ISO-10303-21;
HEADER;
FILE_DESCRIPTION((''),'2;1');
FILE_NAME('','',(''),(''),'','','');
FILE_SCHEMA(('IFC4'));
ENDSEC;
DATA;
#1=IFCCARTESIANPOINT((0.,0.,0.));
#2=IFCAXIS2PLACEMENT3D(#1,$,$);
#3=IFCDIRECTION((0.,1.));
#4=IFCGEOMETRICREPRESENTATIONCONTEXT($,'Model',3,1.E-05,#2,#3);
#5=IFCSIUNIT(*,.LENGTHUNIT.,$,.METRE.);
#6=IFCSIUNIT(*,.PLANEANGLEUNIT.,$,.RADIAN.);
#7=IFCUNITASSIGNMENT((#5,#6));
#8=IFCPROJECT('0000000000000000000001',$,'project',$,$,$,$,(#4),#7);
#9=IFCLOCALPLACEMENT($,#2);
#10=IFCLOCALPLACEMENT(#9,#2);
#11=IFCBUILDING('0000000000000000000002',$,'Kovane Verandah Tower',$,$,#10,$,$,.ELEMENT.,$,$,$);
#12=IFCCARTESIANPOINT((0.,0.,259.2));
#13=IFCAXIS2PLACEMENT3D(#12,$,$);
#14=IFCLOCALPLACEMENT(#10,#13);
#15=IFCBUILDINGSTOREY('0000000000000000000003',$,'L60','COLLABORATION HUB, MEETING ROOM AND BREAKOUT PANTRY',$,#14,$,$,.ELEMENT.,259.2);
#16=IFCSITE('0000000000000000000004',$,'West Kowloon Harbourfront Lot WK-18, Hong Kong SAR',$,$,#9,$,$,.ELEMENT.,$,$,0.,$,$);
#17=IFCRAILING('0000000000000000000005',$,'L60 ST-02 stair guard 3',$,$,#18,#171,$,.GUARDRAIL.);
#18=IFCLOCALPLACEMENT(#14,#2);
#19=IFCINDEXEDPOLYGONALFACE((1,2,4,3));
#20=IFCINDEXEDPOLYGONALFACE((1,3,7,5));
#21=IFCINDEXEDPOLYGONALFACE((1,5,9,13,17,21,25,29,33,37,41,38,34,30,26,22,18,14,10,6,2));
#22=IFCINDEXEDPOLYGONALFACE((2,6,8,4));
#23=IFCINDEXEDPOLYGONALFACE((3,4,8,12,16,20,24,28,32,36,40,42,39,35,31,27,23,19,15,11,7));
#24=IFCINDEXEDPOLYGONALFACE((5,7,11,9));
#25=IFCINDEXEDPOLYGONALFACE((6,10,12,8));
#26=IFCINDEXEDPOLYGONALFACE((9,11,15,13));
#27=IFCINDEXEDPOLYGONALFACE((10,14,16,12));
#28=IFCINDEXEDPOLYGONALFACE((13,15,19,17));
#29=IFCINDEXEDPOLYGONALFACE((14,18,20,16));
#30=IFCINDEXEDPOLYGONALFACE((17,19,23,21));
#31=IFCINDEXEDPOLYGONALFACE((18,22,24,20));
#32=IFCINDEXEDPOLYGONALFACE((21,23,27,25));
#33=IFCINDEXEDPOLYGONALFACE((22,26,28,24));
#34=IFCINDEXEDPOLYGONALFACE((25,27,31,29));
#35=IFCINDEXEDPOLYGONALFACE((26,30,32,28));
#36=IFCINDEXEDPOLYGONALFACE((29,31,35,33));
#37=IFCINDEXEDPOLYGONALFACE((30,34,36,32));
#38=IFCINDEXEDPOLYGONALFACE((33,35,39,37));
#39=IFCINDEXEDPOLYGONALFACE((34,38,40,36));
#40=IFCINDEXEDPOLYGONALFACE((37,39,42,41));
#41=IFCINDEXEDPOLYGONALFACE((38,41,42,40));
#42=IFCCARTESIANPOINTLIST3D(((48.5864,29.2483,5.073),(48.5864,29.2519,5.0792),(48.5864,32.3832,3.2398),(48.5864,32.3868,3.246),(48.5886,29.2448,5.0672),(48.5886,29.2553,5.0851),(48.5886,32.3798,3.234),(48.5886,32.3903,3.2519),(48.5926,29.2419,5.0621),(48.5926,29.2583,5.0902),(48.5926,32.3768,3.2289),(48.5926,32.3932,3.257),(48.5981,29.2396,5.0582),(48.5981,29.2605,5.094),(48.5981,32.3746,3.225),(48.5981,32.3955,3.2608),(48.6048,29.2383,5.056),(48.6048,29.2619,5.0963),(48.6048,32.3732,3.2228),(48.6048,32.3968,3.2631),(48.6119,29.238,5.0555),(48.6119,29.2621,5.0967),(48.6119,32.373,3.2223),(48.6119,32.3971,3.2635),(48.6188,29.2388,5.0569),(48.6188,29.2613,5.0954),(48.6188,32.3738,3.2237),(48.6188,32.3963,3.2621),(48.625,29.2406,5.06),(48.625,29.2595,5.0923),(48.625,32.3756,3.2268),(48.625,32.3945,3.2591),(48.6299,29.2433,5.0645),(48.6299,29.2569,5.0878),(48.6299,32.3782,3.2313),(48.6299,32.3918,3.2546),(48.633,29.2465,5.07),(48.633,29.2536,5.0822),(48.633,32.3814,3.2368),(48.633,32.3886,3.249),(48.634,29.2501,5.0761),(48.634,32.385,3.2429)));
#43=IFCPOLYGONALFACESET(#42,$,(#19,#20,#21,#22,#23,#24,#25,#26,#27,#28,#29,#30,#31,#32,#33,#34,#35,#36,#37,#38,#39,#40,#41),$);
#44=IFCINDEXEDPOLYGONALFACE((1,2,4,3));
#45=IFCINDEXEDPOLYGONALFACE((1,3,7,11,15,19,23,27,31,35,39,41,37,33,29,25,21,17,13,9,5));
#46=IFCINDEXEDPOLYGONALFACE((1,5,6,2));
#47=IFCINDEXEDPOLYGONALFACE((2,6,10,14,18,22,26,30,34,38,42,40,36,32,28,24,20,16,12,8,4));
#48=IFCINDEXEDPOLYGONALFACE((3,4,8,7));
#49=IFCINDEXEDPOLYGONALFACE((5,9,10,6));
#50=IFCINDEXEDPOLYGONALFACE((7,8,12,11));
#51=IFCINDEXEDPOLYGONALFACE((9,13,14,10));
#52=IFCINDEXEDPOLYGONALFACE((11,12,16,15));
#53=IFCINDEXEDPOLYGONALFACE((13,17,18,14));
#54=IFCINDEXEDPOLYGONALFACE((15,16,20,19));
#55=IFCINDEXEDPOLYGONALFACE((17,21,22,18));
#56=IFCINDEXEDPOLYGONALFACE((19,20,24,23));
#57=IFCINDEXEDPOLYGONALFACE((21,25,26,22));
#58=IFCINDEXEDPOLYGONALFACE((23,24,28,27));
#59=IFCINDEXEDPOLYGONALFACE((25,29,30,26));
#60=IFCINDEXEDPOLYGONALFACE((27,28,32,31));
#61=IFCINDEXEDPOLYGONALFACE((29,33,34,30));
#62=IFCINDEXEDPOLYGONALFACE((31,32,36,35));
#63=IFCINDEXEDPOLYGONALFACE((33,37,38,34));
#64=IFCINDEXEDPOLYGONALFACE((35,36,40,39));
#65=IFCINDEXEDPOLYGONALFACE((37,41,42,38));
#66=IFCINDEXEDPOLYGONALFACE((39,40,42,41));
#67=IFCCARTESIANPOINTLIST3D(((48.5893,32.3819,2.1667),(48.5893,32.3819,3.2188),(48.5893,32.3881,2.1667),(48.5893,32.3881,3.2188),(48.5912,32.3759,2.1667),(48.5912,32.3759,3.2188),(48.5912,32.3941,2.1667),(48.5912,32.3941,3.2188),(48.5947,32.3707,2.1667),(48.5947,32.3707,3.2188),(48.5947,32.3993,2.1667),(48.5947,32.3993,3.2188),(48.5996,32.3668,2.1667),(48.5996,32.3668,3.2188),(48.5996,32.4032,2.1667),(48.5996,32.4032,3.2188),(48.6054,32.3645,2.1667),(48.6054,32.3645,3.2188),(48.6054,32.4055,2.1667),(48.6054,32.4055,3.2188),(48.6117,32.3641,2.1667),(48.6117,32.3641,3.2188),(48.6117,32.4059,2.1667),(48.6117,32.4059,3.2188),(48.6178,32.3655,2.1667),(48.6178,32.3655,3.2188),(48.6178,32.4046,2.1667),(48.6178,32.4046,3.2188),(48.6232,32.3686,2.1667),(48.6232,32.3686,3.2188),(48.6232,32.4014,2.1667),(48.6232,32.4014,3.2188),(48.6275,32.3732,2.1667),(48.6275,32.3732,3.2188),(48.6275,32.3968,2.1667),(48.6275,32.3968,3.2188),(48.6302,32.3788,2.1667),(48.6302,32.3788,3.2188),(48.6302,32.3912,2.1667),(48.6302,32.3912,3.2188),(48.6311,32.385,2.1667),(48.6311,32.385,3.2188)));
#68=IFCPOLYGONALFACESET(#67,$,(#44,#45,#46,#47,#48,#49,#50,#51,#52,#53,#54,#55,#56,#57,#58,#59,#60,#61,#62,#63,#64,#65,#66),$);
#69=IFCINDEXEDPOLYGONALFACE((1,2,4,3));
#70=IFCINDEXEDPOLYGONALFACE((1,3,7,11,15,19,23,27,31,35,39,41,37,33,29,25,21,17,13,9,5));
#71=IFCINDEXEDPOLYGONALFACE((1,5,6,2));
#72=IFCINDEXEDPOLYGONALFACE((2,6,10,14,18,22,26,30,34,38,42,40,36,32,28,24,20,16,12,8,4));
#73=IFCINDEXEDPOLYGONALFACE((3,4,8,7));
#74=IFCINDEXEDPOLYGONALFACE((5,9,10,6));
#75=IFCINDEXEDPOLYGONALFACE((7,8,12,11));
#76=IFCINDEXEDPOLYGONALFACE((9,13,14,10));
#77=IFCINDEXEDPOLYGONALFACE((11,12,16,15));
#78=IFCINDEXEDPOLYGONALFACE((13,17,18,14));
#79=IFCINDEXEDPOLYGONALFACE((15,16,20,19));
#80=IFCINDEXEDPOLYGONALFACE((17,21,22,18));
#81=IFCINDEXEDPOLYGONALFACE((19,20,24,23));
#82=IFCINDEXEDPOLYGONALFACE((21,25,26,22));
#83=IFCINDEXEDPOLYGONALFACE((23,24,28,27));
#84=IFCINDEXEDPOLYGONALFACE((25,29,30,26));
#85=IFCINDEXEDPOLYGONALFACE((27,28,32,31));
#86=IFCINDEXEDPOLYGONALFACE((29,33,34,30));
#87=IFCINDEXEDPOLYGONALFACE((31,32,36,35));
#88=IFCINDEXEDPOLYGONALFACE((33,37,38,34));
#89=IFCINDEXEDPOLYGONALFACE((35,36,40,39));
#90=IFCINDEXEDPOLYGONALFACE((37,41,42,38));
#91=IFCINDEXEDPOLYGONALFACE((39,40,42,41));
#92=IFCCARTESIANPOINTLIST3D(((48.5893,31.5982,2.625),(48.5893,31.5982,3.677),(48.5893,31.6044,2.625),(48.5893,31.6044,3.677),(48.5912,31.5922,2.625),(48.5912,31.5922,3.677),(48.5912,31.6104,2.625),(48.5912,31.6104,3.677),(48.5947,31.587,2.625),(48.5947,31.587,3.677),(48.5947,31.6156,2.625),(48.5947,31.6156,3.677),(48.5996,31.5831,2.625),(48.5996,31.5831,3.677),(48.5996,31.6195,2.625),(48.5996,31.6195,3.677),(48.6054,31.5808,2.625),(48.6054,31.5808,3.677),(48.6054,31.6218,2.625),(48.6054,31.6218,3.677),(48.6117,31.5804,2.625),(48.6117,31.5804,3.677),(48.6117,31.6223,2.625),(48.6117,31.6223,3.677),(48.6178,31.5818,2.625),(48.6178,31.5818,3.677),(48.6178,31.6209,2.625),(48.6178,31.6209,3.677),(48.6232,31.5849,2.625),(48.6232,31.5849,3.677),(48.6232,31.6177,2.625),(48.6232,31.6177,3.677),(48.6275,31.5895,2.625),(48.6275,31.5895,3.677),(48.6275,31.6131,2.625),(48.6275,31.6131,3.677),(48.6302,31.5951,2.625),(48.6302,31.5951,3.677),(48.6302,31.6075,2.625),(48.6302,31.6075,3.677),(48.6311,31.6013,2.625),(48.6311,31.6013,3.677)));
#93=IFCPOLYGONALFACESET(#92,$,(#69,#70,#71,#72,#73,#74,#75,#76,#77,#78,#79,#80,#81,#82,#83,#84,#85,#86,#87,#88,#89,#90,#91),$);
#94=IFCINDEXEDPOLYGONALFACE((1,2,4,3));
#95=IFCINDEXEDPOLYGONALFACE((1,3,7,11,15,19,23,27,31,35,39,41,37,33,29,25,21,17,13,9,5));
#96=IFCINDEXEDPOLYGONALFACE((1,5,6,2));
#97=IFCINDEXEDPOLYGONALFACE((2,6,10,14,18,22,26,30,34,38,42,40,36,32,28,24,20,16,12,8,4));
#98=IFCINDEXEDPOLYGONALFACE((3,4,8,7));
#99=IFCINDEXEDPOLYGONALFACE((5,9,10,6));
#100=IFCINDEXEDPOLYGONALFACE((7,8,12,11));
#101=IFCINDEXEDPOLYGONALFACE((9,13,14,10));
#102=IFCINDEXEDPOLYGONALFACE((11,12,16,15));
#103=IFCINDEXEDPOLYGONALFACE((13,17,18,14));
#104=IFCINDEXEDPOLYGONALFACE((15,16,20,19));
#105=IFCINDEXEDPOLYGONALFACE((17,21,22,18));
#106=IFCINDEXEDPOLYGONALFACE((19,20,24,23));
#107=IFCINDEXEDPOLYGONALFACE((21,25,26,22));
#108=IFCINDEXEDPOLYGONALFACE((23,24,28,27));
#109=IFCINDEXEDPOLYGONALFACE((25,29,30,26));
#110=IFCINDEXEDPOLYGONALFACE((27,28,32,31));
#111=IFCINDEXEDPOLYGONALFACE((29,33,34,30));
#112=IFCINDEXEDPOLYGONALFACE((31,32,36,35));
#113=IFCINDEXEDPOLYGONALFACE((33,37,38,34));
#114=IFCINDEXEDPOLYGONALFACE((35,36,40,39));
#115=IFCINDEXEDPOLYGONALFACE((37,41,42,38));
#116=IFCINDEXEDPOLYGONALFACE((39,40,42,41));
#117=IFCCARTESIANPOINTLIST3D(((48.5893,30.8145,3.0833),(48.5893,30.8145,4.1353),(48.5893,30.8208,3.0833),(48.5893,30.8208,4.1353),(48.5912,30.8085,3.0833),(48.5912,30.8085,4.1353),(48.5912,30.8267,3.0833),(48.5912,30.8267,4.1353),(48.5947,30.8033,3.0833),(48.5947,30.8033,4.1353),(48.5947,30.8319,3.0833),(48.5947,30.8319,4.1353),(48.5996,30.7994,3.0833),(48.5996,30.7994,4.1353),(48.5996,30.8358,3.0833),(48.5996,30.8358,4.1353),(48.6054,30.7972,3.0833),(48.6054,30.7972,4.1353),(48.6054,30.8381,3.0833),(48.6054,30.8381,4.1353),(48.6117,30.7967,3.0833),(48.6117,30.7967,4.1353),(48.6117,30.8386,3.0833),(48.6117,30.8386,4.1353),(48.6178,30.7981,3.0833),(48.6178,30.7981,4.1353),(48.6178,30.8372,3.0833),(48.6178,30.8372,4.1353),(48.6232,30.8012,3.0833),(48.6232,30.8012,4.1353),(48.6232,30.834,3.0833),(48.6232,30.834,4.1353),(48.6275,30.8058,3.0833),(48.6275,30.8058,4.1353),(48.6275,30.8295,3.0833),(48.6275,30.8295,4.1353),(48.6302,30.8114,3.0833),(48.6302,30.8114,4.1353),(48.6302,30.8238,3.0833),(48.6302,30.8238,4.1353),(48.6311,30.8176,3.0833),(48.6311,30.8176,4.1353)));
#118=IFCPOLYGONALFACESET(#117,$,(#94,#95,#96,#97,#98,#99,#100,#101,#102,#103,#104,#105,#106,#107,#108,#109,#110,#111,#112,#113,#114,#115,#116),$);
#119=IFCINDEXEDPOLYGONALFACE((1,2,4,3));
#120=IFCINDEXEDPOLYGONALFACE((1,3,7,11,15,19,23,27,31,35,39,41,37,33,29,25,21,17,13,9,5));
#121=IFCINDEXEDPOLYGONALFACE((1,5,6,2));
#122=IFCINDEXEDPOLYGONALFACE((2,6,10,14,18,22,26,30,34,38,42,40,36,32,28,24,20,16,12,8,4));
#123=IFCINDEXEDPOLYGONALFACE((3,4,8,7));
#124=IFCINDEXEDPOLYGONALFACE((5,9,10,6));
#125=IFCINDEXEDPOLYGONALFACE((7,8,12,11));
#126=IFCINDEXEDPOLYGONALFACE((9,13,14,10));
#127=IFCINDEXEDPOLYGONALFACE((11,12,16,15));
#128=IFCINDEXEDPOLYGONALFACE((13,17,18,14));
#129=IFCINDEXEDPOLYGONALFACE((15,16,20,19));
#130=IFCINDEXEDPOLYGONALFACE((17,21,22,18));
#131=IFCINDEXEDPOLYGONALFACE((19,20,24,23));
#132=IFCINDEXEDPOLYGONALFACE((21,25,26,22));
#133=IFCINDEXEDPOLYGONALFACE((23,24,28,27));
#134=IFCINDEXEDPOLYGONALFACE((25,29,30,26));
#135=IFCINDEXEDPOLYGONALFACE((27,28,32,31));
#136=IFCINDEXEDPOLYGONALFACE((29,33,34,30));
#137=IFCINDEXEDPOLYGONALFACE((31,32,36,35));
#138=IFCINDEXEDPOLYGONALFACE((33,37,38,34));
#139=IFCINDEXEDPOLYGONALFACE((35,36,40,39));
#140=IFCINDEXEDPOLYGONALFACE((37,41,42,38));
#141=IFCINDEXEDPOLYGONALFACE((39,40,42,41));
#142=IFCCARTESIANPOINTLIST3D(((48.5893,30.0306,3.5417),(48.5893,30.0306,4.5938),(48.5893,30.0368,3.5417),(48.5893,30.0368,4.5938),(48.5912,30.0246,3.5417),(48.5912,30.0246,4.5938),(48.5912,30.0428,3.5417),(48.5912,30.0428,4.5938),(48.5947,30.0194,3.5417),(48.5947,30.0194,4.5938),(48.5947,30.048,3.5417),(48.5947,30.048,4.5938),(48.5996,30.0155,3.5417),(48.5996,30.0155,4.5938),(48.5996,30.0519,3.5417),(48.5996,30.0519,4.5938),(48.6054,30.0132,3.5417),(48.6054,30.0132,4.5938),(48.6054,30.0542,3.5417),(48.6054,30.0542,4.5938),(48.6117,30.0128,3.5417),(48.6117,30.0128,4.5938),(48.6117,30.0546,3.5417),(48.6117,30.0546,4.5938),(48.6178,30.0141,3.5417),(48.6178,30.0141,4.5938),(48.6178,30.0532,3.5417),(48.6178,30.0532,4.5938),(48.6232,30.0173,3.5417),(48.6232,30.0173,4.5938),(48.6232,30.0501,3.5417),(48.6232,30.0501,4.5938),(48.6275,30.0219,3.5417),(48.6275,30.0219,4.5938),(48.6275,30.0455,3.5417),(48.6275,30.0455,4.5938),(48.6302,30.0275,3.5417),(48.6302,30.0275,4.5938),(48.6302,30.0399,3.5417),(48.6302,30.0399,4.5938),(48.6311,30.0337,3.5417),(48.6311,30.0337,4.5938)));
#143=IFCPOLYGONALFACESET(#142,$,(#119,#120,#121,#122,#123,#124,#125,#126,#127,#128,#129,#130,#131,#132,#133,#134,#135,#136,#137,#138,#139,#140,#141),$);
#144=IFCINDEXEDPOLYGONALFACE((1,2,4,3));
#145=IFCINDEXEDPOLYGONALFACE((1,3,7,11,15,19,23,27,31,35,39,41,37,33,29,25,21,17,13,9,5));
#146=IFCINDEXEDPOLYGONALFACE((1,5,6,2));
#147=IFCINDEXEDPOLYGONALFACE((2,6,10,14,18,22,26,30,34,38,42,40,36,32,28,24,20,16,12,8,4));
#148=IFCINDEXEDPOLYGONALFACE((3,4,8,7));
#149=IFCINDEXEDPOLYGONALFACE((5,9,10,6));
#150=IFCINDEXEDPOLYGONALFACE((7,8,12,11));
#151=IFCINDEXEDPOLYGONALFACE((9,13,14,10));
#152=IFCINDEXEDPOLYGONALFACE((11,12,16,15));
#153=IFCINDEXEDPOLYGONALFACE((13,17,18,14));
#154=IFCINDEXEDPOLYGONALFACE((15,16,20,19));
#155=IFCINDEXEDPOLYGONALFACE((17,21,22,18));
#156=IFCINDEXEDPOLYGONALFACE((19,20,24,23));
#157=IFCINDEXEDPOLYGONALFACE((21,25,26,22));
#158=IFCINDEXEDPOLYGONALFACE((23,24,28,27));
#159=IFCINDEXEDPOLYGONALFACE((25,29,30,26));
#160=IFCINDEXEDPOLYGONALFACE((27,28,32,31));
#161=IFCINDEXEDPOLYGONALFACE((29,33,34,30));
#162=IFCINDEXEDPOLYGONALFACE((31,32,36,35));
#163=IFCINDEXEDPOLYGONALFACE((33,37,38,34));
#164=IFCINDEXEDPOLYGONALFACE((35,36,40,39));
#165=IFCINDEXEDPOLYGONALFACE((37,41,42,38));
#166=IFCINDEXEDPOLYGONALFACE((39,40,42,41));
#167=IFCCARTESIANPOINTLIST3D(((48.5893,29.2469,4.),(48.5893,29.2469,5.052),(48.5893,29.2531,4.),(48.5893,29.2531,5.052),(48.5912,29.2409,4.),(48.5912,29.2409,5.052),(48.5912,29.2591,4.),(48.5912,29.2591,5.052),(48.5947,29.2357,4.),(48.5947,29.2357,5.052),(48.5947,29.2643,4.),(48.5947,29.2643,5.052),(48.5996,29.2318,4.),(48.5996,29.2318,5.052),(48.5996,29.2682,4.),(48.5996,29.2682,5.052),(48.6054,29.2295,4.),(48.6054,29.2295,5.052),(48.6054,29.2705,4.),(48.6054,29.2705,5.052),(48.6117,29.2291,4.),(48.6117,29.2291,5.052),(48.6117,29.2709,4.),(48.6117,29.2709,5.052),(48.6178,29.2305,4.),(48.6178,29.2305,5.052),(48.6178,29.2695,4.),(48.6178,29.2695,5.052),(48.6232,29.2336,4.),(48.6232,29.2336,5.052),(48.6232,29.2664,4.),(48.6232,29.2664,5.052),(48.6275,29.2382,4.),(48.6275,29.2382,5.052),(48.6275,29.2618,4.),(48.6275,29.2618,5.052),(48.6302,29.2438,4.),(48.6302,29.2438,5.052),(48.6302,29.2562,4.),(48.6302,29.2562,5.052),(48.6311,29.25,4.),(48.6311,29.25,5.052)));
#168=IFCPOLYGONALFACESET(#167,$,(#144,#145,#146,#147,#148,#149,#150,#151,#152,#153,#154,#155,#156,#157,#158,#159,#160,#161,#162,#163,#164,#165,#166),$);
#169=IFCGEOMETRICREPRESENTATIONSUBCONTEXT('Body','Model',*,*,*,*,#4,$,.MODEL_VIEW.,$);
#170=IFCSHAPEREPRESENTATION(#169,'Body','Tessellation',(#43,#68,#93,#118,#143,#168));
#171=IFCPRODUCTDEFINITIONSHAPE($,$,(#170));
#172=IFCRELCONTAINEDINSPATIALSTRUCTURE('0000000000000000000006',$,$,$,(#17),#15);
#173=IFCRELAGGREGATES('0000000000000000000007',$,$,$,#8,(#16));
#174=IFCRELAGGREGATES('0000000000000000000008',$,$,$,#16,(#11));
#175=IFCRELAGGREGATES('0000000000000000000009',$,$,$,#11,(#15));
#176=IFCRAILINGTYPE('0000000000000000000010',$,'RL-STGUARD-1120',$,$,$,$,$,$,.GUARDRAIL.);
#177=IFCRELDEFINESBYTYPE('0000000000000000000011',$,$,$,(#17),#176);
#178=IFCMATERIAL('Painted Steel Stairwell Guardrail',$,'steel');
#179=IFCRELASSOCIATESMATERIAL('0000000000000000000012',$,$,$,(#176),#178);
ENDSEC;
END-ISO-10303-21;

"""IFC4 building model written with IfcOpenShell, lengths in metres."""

from ifc_helpers import new_model, si_unit, direction, frame, origin, origin_2d, place, context, subcontext, project, spatial, circle, extrude, material, type_object, element, save


model = new_model("IFC4")

# Units and contexts
model_context = context("Model", 3, precision=1e-05, world=origin(), true_north=direction((0.0, 1.0)))
body_context = subcontext(model_context, "Body", "Model", "MODEL_VIEW")
ifc_project = project(units=[si_unit("LENGTHUNIT", "METRE"), si_unit("PLANEANGLEUNIT", "RADIAN")], contexts=[model_context])

# Site, building, storey
site_placement = place(None, origin())
site = spatial("IfcSite", under=ifc_project, at=site_placement, Name="West Kowloon Harbourfront Lot WK-18, Hong Kong SAR", CompositionType="ELEMENT", RefElevation=0.0)
building_placement = place(site_placement, origin())
building = spatial("IfcBuilding", under=site, at=building_placement, Name="Kovane Verandah Tower", CompositionType="ELEMENT")
storey_placement = place(building_placement, frame((0.0, 0.0, 259.2)))
storey = spatial("IfcBuildingStorey", under=building, at=storey_placement, Name="L60", Description="COLLABORATION HUB, MEETING ROOM AND BREAKOUT PANTRY", CompositionType="ELEMENT", Elevation=259.2)

# Railing
ifc_material_1 = material(Name="Painted Steel Stairwell Guardrail", Category="steel")
railing_type = type_object("IfcRailingType", Name="RL-STGUARD-1120", PredefinedType="GUARDRAIL", material=ifc_material_1)
railing_1_placement = place(storey_placement, frame((48.6101, 32.385, 2.1667)))
element("IfcRailing", 1, at=railing_1_placement, inside=storey, type_object=railing_type, Name="L60 ST-02 stair guard 3", PredefinedType="GUARDRAIL", context=body_context, shape_type="SweptSolid", body=[
    extrude(circle(Radius=0.0239, at=origin_2d()), frame((0.0, 0.0, 1.0762), z_axis=(0.0, -0.86324, 0.504794), x_axis=(1.0, 0.0, 0.0)), (0.0, 0.0, 1.0), 3.6316),
    extrude(circle(Radius=0.021, at=origin_2d()), origin(), (0.0, 0.0, 1.0), 1.052),
    extrude(circle(Radius=0.021, at=origin_2d()), frame((0.0, -0.7837, 0.4583)), (0.0, 0.0, 1.0), 1.052),
    extrude(circle(Radius=0.021, at=origin_2d()), frame((0.0, -1.5674, 0.9165)), (0.0, 0.0, 1.0), 1.052),
    extrude(circle(Radius=0.021, at=origin_2d()), frame((0.0, -2.3513, 1.375)), (0.0, 0.0, 1.0), 1.052),
    extrude(circle(Radius=0.021, at=origin_2d()), frame((0.0, -3.135, 1.8333)), (0.0, 0.0, 1.0), 1.052),
])

save(model, "model.ifc")
